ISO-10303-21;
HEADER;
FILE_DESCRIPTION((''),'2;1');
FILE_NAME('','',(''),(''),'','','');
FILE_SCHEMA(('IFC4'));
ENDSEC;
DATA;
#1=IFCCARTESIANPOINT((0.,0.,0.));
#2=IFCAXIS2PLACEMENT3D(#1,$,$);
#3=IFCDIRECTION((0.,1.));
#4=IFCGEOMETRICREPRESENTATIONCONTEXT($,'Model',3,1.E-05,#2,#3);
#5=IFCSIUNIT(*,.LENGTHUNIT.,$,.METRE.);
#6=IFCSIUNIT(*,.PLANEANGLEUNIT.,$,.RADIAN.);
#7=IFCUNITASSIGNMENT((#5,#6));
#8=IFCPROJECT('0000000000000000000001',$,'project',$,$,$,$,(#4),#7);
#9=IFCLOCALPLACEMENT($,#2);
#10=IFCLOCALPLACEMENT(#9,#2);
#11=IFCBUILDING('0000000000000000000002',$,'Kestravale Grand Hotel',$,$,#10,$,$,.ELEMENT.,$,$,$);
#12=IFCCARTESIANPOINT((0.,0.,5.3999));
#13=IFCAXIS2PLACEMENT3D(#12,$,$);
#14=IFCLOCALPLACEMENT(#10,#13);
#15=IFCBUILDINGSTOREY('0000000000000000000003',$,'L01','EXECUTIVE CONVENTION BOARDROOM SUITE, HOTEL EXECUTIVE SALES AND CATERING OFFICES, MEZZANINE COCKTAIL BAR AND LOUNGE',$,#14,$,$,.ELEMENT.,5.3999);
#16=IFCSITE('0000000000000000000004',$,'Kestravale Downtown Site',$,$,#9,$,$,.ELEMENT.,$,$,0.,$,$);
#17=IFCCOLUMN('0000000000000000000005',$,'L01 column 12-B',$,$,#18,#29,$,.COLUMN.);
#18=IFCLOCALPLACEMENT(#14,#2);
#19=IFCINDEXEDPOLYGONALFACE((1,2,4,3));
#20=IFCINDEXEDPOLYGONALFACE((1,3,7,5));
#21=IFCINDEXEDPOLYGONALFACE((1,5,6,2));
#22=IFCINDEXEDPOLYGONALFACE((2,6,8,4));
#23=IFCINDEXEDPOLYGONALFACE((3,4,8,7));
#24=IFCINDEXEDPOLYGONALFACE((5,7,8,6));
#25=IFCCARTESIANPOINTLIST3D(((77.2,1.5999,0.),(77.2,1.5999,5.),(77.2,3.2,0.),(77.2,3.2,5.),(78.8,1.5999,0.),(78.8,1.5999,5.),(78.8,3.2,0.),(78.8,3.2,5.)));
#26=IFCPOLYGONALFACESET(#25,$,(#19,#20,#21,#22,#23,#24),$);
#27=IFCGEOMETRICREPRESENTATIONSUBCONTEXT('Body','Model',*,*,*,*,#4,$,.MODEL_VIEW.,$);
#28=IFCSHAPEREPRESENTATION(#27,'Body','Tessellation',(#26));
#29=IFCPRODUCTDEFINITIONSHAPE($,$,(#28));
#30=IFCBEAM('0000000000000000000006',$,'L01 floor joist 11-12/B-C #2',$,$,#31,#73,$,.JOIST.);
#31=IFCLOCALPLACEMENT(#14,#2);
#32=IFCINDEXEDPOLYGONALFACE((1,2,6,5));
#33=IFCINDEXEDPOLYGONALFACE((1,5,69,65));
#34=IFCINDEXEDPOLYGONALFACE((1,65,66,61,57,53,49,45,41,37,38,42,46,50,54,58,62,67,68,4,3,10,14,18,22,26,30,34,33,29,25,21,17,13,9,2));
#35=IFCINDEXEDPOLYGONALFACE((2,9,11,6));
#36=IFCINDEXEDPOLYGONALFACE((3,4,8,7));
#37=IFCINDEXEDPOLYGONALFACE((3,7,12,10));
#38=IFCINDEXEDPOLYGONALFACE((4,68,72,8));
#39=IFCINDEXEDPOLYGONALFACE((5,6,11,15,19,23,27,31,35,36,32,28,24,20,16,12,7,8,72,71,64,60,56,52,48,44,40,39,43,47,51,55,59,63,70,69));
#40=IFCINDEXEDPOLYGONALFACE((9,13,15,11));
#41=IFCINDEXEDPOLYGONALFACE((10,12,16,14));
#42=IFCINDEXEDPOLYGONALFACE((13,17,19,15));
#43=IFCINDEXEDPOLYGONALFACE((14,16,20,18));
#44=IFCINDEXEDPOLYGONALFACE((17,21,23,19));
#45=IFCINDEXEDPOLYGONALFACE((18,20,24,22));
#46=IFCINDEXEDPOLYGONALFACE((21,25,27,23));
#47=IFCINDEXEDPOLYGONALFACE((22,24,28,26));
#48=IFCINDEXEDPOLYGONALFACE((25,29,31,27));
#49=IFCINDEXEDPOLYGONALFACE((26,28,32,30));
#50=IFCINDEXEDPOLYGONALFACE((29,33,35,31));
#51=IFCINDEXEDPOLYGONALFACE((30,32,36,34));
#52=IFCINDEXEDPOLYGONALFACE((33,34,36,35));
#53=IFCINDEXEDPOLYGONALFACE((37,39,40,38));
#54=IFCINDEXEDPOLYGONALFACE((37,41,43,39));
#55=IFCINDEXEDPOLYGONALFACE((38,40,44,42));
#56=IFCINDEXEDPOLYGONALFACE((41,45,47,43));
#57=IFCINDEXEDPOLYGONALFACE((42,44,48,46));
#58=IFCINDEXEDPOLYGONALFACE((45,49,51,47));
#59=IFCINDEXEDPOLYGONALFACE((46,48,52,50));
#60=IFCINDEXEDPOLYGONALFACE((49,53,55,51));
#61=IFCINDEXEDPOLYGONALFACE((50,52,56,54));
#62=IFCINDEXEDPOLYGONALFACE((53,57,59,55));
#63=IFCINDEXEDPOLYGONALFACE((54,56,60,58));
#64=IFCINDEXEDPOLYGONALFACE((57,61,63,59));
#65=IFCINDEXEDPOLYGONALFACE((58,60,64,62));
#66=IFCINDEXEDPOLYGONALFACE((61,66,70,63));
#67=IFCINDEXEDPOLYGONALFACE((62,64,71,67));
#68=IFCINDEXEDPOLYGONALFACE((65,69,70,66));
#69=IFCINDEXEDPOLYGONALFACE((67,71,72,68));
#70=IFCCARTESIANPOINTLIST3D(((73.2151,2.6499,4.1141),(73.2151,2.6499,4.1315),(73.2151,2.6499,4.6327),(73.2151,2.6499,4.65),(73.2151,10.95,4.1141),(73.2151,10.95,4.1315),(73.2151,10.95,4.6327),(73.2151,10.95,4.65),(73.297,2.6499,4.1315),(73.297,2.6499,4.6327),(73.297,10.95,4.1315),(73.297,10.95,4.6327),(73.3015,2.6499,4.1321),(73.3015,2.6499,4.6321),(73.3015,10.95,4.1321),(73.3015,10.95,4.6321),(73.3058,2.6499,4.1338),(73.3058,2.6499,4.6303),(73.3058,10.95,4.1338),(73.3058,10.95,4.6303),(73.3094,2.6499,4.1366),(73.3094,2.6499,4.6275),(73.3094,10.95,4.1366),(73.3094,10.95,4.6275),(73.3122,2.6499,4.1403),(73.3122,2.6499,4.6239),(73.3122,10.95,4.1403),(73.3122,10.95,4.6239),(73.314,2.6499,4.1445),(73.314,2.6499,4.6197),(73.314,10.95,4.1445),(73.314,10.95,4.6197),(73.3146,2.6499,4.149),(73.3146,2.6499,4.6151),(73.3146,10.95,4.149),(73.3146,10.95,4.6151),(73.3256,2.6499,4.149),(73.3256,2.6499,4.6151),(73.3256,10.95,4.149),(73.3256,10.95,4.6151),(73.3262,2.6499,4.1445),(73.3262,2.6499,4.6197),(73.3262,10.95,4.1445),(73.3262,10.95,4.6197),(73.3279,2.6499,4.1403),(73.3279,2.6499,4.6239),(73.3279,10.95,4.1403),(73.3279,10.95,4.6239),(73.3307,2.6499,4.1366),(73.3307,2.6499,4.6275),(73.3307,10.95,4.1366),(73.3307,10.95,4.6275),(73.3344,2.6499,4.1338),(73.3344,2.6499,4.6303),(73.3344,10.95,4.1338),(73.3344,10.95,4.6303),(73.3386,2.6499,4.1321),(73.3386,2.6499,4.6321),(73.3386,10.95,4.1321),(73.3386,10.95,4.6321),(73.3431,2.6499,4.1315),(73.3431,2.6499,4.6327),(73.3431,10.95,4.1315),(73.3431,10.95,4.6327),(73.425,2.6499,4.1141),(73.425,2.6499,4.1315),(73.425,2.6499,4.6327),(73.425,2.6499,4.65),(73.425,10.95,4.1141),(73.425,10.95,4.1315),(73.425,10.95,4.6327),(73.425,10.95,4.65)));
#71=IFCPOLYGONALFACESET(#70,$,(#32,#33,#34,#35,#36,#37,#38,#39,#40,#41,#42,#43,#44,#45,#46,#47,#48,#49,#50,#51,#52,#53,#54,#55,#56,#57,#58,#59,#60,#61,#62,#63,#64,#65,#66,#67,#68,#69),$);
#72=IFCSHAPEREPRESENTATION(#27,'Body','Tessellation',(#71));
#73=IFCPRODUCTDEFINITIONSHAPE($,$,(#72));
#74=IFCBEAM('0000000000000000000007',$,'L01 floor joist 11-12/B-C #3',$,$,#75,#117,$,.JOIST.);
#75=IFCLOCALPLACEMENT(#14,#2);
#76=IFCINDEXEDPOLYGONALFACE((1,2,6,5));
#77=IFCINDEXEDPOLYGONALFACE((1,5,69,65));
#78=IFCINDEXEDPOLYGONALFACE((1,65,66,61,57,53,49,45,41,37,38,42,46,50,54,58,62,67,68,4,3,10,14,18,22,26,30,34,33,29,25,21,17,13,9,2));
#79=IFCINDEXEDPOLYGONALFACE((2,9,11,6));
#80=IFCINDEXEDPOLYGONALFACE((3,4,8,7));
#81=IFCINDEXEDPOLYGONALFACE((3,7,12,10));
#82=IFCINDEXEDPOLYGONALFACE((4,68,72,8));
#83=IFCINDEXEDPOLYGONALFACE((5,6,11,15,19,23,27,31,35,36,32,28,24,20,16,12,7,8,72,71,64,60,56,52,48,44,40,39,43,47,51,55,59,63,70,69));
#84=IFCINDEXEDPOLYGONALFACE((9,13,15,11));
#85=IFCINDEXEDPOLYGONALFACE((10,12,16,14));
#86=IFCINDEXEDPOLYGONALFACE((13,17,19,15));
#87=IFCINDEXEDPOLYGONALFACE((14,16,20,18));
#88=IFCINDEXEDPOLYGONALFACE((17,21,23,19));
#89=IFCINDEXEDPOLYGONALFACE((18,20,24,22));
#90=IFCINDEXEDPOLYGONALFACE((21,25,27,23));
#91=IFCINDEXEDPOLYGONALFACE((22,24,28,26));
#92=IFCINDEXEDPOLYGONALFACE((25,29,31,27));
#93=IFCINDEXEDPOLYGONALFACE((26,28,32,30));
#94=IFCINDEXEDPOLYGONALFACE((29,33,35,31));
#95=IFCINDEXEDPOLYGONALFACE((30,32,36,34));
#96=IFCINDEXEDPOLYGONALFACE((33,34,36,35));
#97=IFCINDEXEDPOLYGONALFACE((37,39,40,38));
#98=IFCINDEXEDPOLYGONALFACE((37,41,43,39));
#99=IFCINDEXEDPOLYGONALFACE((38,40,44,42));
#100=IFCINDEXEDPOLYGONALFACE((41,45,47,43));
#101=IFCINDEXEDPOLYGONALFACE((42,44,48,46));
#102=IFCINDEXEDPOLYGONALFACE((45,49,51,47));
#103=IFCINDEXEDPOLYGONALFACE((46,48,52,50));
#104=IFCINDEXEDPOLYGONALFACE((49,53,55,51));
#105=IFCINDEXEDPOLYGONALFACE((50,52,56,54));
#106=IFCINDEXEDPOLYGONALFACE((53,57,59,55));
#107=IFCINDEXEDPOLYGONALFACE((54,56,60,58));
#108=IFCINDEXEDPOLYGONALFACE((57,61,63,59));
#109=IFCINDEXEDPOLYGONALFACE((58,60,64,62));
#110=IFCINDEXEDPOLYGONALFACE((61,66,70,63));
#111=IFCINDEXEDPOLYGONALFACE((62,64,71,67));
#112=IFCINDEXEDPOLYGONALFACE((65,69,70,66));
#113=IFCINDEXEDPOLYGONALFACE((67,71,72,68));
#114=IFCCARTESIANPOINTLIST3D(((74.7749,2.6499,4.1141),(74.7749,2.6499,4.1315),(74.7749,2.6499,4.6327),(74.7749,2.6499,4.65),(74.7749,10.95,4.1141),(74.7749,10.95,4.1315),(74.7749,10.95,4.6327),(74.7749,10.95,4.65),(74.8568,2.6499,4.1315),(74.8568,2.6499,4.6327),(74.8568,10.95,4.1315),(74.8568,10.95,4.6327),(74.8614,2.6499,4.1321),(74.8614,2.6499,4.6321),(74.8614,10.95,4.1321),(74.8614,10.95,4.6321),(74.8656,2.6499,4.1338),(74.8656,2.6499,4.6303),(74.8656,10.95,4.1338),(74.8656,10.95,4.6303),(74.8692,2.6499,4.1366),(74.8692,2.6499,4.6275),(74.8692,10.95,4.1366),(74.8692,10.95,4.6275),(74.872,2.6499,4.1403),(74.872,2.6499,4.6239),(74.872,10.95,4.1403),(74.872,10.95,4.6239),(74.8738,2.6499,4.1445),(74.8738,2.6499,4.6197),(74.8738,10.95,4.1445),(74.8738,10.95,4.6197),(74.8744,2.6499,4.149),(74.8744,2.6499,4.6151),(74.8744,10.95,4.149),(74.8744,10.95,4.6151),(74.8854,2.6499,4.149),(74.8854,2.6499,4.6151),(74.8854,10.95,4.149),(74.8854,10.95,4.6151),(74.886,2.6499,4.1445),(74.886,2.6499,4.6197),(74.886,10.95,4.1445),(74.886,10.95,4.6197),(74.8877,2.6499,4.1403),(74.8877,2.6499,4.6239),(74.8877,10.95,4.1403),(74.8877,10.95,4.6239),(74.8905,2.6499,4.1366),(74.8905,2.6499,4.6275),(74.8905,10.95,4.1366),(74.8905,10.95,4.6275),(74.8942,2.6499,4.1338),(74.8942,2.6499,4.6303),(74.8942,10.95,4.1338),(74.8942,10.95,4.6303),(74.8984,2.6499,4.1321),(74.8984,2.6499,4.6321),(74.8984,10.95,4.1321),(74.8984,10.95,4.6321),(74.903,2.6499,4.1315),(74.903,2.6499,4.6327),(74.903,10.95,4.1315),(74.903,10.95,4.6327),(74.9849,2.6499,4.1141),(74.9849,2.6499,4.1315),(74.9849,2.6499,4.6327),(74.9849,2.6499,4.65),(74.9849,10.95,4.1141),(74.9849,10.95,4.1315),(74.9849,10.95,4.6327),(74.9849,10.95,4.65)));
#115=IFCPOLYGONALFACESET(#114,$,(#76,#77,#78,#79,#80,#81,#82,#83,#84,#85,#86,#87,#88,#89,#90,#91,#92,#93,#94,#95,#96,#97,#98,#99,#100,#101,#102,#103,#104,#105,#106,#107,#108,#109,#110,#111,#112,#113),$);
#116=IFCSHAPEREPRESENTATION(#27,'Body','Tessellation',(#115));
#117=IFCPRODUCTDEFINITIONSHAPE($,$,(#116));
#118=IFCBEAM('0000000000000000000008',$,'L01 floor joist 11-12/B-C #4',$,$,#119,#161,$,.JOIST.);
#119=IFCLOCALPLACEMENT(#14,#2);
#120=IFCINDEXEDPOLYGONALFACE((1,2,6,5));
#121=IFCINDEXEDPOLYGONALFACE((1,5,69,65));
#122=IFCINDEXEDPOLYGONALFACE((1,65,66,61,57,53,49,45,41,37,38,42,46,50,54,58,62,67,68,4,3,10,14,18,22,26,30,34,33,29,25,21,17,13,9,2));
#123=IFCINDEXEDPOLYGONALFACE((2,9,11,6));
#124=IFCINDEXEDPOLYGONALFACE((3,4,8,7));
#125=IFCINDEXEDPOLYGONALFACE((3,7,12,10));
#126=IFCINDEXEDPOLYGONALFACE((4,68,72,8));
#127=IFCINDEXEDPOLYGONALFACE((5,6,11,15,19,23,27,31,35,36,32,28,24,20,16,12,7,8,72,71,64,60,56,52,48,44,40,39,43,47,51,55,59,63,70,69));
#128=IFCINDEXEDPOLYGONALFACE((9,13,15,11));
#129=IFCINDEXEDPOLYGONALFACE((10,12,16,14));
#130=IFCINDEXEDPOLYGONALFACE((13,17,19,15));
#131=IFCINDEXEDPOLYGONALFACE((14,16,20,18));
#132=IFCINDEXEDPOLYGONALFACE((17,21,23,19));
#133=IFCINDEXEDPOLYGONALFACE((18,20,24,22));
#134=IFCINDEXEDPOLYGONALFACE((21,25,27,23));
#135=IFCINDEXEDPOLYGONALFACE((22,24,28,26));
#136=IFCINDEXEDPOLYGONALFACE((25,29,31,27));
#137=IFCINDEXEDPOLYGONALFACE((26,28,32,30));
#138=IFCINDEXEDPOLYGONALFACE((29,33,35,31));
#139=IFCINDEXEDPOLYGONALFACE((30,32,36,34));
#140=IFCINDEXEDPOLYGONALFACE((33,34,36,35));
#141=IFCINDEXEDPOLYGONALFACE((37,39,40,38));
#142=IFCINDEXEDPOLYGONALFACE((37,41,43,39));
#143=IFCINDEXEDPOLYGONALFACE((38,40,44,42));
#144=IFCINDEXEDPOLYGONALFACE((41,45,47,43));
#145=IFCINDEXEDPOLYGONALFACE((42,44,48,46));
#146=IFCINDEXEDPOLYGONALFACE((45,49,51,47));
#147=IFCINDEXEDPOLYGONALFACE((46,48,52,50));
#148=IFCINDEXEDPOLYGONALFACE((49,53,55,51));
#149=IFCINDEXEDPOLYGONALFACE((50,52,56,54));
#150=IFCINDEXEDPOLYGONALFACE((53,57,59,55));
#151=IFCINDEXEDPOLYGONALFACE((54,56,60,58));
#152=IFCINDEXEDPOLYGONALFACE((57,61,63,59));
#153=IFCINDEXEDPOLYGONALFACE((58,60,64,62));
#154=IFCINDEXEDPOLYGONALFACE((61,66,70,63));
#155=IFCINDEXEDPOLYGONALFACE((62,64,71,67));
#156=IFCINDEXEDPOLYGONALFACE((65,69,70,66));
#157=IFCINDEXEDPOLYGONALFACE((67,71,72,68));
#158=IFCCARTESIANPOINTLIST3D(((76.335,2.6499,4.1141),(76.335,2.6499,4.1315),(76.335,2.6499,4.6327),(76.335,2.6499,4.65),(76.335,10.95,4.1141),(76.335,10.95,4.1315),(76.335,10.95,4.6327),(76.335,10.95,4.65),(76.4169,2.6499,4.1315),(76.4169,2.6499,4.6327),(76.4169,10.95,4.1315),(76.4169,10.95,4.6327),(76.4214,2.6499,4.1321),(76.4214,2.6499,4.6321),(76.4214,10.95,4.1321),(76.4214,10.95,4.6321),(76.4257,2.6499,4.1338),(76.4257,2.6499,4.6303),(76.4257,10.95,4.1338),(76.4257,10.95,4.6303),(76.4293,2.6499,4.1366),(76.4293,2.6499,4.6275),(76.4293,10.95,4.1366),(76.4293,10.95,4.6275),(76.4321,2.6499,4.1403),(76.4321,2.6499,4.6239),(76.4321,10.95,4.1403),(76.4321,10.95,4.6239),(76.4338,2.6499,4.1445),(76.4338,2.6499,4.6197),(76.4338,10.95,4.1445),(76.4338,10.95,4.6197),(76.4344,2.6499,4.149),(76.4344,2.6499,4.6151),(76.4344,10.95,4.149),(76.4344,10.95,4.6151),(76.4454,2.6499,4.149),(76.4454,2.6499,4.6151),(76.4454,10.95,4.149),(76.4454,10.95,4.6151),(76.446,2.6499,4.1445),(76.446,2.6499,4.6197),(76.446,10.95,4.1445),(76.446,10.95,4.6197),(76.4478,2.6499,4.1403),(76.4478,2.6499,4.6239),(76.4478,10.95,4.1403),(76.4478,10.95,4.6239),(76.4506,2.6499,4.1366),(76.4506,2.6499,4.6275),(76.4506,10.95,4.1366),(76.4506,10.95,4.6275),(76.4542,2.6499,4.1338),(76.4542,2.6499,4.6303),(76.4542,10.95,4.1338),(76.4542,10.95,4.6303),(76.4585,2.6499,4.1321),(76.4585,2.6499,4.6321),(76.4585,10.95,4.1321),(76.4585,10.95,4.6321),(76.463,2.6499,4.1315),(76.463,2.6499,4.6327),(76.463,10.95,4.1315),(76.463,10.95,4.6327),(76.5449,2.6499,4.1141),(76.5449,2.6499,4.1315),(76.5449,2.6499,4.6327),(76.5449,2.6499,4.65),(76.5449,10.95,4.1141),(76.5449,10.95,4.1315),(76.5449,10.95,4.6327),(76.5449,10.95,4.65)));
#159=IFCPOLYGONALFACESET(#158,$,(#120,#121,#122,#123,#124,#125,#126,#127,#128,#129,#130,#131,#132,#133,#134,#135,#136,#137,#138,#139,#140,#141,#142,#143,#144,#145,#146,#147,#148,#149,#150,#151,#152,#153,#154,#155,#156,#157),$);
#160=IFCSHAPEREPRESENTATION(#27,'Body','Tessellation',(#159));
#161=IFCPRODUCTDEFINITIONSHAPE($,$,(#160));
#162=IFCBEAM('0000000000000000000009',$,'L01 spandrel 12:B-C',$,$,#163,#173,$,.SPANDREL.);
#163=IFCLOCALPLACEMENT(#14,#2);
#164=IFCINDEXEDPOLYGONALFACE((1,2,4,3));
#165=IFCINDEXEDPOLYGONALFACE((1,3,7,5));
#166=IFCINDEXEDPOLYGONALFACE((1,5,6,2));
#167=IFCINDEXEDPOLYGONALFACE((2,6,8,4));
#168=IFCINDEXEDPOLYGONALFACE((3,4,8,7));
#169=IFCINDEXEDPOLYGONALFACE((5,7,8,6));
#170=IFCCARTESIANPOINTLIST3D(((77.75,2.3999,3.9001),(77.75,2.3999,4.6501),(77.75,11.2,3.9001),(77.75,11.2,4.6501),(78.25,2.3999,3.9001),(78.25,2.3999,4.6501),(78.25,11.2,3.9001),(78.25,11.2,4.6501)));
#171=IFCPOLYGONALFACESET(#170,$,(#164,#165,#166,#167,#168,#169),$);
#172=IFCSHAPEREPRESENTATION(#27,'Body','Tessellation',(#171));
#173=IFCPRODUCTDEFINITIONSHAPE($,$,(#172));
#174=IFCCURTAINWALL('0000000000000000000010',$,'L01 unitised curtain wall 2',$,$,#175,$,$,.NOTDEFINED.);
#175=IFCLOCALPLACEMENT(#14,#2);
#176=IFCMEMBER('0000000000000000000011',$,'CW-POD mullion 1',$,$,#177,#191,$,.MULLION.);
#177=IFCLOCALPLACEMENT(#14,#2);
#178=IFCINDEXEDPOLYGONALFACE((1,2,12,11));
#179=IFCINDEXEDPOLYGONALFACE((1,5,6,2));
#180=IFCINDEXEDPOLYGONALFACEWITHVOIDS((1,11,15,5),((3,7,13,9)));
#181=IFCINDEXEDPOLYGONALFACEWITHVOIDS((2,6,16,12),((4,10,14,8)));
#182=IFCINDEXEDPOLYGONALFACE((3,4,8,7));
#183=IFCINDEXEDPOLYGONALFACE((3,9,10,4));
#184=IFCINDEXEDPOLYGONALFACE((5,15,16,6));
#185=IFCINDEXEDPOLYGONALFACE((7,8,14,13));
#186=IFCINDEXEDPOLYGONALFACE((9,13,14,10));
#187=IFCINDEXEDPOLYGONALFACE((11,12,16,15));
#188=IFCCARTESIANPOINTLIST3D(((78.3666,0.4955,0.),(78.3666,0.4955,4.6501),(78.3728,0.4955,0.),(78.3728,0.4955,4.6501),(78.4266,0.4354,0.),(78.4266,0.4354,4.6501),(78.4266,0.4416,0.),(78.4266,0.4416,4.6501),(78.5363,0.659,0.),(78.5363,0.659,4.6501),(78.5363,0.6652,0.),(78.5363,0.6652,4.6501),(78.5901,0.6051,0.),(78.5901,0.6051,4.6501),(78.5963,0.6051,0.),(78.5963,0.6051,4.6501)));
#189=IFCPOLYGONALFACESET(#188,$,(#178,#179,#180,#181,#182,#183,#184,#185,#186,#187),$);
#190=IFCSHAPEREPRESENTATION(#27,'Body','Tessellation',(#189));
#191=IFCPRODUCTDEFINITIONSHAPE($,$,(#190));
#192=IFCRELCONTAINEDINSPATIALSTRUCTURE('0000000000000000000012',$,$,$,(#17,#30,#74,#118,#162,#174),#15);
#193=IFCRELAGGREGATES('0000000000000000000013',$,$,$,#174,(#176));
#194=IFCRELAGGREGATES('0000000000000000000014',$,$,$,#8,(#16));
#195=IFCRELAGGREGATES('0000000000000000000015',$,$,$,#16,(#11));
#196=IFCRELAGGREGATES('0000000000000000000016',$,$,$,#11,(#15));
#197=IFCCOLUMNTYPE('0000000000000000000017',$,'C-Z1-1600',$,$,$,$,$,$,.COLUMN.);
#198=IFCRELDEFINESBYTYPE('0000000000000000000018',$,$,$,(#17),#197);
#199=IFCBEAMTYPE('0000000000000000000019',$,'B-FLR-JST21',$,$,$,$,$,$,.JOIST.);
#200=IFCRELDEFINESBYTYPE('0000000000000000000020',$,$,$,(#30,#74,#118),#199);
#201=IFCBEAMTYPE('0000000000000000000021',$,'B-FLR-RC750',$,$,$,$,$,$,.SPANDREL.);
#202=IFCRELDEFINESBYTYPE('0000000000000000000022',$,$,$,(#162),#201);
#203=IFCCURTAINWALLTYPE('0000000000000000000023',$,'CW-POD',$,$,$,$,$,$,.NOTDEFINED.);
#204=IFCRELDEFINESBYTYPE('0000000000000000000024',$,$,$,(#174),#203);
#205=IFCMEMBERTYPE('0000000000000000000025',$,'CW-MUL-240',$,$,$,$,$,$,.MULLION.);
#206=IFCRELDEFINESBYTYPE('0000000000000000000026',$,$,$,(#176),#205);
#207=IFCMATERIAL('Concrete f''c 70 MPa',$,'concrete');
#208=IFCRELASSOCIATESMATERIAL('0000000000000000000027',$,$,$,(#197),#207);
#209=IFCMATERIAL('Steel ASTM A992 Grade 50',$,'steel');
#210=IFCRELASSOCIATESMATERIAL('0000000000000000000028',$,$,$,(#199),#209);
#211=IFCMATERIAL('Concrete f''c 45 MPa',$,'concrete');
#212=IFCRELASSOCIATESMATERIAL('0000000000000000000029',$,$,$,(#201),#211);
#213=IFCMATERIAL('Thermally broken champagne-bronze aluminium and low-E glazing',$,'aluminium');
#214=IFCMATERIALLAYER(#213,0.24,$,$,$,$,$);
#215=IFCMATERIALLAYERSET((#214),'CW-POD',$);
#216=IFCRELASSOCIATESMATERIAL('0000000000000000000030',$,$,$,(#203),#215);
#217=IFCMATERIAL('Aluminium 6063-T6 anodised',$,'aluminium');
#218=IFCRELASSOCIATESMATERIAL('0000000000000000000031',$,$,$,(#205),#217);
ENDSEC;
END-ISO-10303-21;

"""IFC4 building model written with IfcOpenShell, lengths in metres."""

from ifc_helpers import new_model, si_unit, direction, frame, origin, origin_2d, place, context, subcontext, project, spatial, rectangle, hollow_rectangle, i_section, extrude, material, layer, layer_set, material_profile, profile_set, type_object, element, aggregate, save


model = new_model("IFC4")

# Units and contexts
model_context = context("Model", 3, precision=1e-05, world=origin(), true_north=direction((0.0, 1.0)))
body_context = subcontext(model_context, "Body", "Model", "MODEL_VIEW")
ifc_project = project(units=[si_unit("LENGTHUNIT", "METRE"), si_unit("PLANEANGLEUNIT", "RADIAN")], contexts=[model_context])

# Site, building, storey
site_placement = place(None, origin())
site = spatial("IfcSite", under=ifc_project, at=site_placement, Name="Kestravale Downtown Site", CompositionType="ELEMENT", RefElevation=0.0)
building_placement = place(site_placement, origin())
building = spatial("IfcBuilding", under=site, at=building_placement, Name="Kestravale Grand Hotel", CompositionType="ELEMENT")
storey_placement = place(building_placement, frame((0.0, 0.0, 5.3999)))
storey = spatial("IfcBuildingStorey", under=building, at=storey_placement, Name="L01", Description="EXECUTIVE CONVENTION BOARDROOM SUITE, HOTEL EXECUTIVE SALES AND CATERING OFFICES, MEZZANINE COCKTAIL BAR AND LOUNGE", CompositionType="ELEMENT", Elevation=5.3999)

# Column
ifc_material_1 = material(Name="Concrete f'c 70 MPa", Category="concrete")
ifc_material_profile_1 = material_profile(ifc_material_1, rectangle(XDim=1.6001, YDim=1.6001, at=origin_2d()))
ifc_profile_set_1 = profile_set([ifc_material_profile_1], Name="Concrete f'c 70 MPa")
column_type = type_object("IfcColumnType", Name="C-Z1-1600", PredefinedType="COLUMN", material=ifc_profile_set_1)
column_placement = place(storey_placement, frame((78.0, 2.3999, 0.0), z_axis=(0.0, 0.0, 1.0), x_axis=(1.0, 0.0, 0.0)))
element("IfcColumn", 1, at=column_placement, inside=storey, type_object=column_type, Name="L01 column 12-B", PredefinedType="COLUMN", context=body_context, shape_type="SweptSolid", body=[
    extrude(rectangle(XDim=1.6001, YDim=1.6001, at=origin_2d()), origin(), (0.0, 0.0, 1.0), 5.0),
])

# Beams
ifc_material_2 = material(Name="Steel ASTM A992 Grade 50", Category="steel")
ifc_material_profile_2 = material_profile(ifc_material_2, i_section(OverallWidth=0.21, OverallDepth=0.5359, WebThickness=0.011, FlangeThickness=0.0173, FilletRadius=0.0176, at=origin_2d()))
ifc_profile_set_2 = profile_set([ifc_material_profile_2], Name="Steel ASTM A992 Grade 50")
beam_type_1 = type_object("IfcBeamType", Name="B-FLR-JST21", PredefinedType="JOIST", material=ifc_profile_set_2)
for number, where, z_axis, x_axis, name in (
    (2, (73.3201, 2.6499, 4.3821), (0.0, 1.0, 0.0), (-1.0, 0.0, 0.0), "L01 floor joist 11-12/B-C #2"),
    (3, (74.8799, 2.6499, 4.3821), (0.0, 1.0, 0.0), (-1.0, 0.0, 0.0), "L01 floor joist 11-12/B-C #3"),
    (4, (76.4399, 2.6499, 4.3821), (0.0, 1.0, 0.0), (-1.0, 0.0, 0.0), "L01 floor joist 11-12/B-C #4"),
):
    element("IfcBeam", number, at=place(storey_placement, frame(where, z_axis=z_axis, x_axis=x_axis)), inside=storey, type_object=beam_type_1, Name=name, PredefinedType="JOIST", context=body_context, shape_type="SweptSolid", body=[
        extrude(i_section(OverallWidth=0.21, OverallDepth=0.5359, WebThickness=0.011, FlangeThickness=0.0173, FilletRadius=0.0176, at=origin_2d()), origin(), (0.0, 0.0, 1.0), 8.3),
    ])
ifc_material_3 = material(Name="Concrete f'c 45 MPa", Category="concrete")
ifc_material_profile_3 = material_profile(ifc_material_3, rectangle(XDim=0.5, YDim=0.75, at=origin_2d()))
ifc_profile_set_3 = profile_set([ifc_material_profile_3], Name="Concrete f'c 45 MPa")
beam_type_2 = type_object("IfcBeamType", Name="B-FLR-RC750", PredefinedType="SPANDREL", material=ifc_profile_set_3)
beam_placement = place(storey_placement, frame((78.0, 2.3999, 4.2751), z_axis=(0.0, 1.0, 0.0), x_axis=(-1.0, 0.0, 0.0)))
element("IfcBeam", 5, at=beam_placement, inside=storey, type_object=beam_type_2, Name="L01 spandrel 12:B-C", PredefinedType="SPANDREL", context=body_context, shape_type="SweptSolid", body=[
    extrude(rectangle(XDim=0.5, YDim=0.75, at=origin_2d()), origin(), (0.0, 0.0, 1.0), 8.8),
])

# Curtain wall, member
ifc_material_4 = material(Name="Thermally broken champagne-bronze aluminium and low-E glazing", Category="aluminium")
ifc_layer_1 = layer(ifc_material_4, 0.24)
ifc_layer_set_1 = layer_set([ifc_layer_1], Name="CW-POD")
curtain_wall_type = type_object("IfcCurtainWallType", Name="CW-POD", PredefinedType="NOTDEFINED", material=ifc_layer_set_1)
curtain_wall_placement = place(storey_placement, origin())
curtain_wall = element("IfcCurtainWall", 6, at=curtain_wall_placement, inside=storey, type_object=curtain_wall_type, Name="L01 unitised curtain wall 2", PredefinedType="NOTDEFINED")
ifc_material_5 = material(Name="Aluminium 6063-T6 anodised", Category="aluminium")
ifc_material_profile_4 = material_profile(ifc_material_5, hollow_rectangle(XDim=0.085, YDim=0.24, WallThickness=0.0044, at=origin_2d()))
ifc_profile_set_4 = profile_set([ifc_material_profile_4], Name="Aluminium 6063-T6 anodised")
member_type_1 = type_object("IfcMemberType", Name="CW-MUL-240", PredefinedType="MULLION", material=ifc_profile_set_4)
member_1_placement = place(storey_placement, frame((78.4814, 0.5503, 0.0), z_axis=(0.0, 0.0, 1.0), x_axis=(-0.707107, 0.707107, 0.0)))
member_1 = element("IfcMember", 7, at=member_1_placement, type_object=member_type_1, Name="CW-POD mullion 1", PredefinedType="MULLION", context=body_context, shape_type="SweptSolid", body=[
    extrude(hollow_rectangle(XDim=0.085, YDim=0.24, WallThickness=0.0044, at=origin_2d()), origin(), (0.0, 0.0, 1.0), 4.6501),
])
aggregate(curtain_wall, [member_1])

save(model, "model.ifc")
